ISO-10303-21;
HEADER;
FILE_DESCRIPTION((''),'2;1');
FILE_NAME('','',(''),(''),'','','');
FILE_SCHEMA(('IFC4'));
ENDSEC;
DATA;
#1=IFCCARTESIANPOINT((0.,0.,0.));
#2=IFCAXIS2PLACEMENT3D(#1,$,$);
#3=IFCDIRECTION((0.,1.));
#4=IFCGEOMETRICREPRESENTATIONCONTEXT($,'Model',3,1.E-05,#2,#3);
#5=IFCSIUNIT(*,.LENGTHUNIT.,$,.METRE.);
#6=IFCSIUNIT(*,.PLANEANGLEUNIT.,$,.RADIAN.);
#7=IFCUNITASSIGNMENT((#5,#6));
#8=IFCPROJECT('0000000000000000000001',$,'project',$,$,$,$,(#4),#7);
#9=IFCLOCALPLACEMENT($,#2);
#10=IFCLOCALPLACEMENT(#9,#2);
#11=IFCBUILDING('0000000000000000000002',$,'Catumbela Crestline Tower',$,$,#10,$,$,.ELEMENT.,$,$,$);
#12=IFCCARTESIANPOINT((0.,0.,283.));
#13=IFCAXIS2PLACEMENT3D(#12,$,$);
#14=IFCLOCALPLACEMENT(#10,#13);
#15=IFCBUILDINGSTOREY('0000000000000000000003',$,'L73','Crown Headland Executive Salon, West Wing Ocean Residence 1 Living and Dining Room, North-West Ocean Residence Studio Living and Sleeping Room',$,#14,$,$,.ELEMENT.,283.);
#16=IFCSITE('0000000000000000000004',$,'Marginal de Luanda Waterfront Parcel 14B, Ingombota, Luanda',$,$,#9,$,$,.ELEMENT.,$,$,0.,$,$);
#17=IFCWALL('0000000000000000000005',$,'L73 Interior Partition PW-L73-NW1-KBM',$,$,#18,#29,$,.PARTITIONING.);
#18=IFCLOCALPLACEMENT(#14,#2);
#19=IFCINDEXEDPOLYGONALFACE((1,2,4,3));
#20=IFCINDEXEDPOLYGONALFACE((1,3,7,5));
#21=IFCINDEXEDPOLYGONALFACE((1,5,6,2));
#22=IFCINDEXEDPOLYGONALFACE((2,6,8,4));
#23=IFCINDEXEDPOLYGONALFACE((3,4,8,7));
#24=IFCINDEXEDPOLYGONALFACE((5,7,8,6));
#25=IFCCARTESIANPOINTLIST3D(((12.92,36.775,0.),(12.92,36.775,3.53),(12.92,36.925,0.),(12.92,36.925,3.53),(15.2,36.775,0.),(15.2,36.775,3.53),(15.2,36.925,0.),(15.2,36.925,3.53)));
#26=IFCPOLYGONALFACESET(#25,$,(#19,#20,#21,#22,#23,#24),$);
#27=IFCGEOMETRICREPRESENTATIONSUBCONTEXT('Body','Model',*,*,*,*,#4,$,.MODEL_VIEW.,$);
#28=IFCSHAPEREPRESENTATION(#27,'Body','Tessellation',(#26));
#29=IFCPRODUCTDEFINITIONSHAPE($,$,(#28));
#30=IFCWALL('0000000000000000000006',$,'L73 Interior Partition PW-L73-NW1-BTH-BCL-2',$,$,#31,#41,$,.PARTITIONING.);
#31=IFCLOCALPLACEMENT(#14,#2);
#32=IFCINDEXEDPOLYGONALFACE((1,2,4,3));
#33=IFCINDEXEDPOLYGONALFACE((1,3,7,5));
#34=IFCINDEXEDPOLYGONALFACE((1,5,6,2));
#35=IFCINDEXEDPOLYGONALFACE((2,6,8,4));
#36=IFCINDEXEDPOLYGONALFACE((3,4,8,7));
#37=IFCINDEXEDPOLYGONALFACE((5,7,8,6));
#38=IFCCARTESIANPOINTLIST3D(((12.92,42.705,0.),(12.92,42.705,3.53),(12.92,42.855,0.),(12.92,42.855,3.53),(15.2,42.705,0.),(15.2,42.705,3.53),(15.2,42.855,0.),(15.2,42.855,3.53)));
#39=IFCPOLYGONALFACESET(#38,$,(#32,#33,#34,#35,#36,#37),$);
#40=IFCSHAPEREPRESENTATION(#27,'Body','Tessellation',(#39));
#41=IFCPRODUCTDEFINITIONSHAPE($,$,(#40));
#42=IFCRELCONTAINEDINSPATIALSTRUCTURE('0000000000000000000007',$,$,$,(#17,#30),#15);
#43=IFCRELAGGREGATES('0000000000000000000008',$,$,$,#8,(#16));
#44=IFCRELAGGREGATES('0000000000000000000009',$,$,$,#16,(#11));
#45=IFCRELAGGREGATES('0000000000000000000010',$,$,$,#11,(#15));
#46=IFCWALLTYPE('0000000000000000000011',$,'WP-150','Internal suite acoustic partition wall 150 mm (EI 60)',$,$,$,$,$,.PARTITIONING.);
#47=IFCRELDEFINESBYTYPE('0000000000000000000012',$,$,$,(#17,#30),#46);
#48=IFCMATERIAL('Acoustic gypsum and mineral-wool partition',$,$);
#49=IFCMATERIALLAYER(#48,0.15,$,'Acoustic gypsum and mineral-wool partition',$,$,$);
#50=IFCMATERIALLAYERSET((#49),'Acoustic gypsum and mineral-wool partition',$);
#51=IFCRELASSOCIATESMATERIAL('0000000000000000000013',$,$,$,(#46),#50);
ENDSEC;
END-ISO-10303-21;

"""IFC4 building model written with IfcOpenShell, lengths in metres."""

from ifc_helpers import new_model, si_unit, direction, frame, frame_2d, origin, place, context, subcontext, project, spatial, rectangle, extrude, material, layer, layer_set, type_object, element, save


model = new_model("IFC4")

# Units and contexts
model_context = context("Model", 3, precision=1e-05, world=origin(), true_north=direction((0.0, 1.0)))
body_context = subcontext(model_context, "Body", "Model", "MODEL_VIEW")
ifc_project = project(units=[si_unit("LENGTHUNIT", "METRE"), si_unit("PLANEANGLEUNIT", "RADIAN")], contexts=[model_context])

# Site, building, storey
site_placement = place(None, origin())
site = spatial("IfcSite", under=ifc_project, at=site_placement, Name="Marginal de Luanda Waterfront Parcel 14B, Ingombota, Luanda", CompositionType="ELEMENT", RefElevation=0.0)
building_placement = place(site_placement, origin())
building = spatial("IfcBuilding", under=site, at=building_placement, Name="Catumbela Crestline Tower", CompositionType="ELEMENT")
storey_placement = place(building_placement, frame((0.0, 0.0, 283.0)))
storey = spatial("IfcBuildingStorey", under=building, at=storey_placement, Name="L73", Description="Crown Headland Executive Salon, West Wing Ocean Residence 1 Living and Dining Room, North-West Ocean Residence Studio Living and Sleeping Room", CompositionType="ELEMENT", Elevation=283.0)

# Walls
ifc_material_1 = material(Name="Acoustic gypsum and mineral-wool partition")
ifc_layer_1 = layer(ifc_material_1, 0.15, Name="Acoustic gypsum and mineral-wool partition")
ifc_layer_set_1 = layer_set([ifc_layer_1], Name="Acoustic gypsum and mineral-wool partition")
wall_type_1 = type_object("IfcWallType", Name="WP-150", Description="Internal suite acoustic partition wall 150 mm (EI 60)", PredefinedType="PARTITIONING", material=ifc_layer_set_1)
for number, where, z_axis, x_axis, name in (
    (1, (12.92, 36.85, 0.0), (0.0, 0.0, 1.0), (1.0, 0.0, 0.0), "L73 Interior Partition PW-L73-NW1-KBM"),
    (2, (12.92, 42.78, 0.0), (0.0, 0.0, 1.0), (1.0, 0.0, 0.0), "L73 Interior Partition PW-L73-NW1-BTH-BCL-2"),
):
    element("IfcWall", number, at=place(storey_placement, frame(where, z_axis=z_axis, x_axis=x_axis)), inside=storey, type_object=wall_type_1, Name=name, PredefinedType="PARTITIONING", context=body_context, shape_type="SweptSolid", body=[
        extrude(rectangle(XDim=2.28, YDim=0.15, at=frame_2d((1.14, 0.0))), origin(), (0.0, 0.0, 1.0), 3.53),
    ])

save(model, "model.ifc")
